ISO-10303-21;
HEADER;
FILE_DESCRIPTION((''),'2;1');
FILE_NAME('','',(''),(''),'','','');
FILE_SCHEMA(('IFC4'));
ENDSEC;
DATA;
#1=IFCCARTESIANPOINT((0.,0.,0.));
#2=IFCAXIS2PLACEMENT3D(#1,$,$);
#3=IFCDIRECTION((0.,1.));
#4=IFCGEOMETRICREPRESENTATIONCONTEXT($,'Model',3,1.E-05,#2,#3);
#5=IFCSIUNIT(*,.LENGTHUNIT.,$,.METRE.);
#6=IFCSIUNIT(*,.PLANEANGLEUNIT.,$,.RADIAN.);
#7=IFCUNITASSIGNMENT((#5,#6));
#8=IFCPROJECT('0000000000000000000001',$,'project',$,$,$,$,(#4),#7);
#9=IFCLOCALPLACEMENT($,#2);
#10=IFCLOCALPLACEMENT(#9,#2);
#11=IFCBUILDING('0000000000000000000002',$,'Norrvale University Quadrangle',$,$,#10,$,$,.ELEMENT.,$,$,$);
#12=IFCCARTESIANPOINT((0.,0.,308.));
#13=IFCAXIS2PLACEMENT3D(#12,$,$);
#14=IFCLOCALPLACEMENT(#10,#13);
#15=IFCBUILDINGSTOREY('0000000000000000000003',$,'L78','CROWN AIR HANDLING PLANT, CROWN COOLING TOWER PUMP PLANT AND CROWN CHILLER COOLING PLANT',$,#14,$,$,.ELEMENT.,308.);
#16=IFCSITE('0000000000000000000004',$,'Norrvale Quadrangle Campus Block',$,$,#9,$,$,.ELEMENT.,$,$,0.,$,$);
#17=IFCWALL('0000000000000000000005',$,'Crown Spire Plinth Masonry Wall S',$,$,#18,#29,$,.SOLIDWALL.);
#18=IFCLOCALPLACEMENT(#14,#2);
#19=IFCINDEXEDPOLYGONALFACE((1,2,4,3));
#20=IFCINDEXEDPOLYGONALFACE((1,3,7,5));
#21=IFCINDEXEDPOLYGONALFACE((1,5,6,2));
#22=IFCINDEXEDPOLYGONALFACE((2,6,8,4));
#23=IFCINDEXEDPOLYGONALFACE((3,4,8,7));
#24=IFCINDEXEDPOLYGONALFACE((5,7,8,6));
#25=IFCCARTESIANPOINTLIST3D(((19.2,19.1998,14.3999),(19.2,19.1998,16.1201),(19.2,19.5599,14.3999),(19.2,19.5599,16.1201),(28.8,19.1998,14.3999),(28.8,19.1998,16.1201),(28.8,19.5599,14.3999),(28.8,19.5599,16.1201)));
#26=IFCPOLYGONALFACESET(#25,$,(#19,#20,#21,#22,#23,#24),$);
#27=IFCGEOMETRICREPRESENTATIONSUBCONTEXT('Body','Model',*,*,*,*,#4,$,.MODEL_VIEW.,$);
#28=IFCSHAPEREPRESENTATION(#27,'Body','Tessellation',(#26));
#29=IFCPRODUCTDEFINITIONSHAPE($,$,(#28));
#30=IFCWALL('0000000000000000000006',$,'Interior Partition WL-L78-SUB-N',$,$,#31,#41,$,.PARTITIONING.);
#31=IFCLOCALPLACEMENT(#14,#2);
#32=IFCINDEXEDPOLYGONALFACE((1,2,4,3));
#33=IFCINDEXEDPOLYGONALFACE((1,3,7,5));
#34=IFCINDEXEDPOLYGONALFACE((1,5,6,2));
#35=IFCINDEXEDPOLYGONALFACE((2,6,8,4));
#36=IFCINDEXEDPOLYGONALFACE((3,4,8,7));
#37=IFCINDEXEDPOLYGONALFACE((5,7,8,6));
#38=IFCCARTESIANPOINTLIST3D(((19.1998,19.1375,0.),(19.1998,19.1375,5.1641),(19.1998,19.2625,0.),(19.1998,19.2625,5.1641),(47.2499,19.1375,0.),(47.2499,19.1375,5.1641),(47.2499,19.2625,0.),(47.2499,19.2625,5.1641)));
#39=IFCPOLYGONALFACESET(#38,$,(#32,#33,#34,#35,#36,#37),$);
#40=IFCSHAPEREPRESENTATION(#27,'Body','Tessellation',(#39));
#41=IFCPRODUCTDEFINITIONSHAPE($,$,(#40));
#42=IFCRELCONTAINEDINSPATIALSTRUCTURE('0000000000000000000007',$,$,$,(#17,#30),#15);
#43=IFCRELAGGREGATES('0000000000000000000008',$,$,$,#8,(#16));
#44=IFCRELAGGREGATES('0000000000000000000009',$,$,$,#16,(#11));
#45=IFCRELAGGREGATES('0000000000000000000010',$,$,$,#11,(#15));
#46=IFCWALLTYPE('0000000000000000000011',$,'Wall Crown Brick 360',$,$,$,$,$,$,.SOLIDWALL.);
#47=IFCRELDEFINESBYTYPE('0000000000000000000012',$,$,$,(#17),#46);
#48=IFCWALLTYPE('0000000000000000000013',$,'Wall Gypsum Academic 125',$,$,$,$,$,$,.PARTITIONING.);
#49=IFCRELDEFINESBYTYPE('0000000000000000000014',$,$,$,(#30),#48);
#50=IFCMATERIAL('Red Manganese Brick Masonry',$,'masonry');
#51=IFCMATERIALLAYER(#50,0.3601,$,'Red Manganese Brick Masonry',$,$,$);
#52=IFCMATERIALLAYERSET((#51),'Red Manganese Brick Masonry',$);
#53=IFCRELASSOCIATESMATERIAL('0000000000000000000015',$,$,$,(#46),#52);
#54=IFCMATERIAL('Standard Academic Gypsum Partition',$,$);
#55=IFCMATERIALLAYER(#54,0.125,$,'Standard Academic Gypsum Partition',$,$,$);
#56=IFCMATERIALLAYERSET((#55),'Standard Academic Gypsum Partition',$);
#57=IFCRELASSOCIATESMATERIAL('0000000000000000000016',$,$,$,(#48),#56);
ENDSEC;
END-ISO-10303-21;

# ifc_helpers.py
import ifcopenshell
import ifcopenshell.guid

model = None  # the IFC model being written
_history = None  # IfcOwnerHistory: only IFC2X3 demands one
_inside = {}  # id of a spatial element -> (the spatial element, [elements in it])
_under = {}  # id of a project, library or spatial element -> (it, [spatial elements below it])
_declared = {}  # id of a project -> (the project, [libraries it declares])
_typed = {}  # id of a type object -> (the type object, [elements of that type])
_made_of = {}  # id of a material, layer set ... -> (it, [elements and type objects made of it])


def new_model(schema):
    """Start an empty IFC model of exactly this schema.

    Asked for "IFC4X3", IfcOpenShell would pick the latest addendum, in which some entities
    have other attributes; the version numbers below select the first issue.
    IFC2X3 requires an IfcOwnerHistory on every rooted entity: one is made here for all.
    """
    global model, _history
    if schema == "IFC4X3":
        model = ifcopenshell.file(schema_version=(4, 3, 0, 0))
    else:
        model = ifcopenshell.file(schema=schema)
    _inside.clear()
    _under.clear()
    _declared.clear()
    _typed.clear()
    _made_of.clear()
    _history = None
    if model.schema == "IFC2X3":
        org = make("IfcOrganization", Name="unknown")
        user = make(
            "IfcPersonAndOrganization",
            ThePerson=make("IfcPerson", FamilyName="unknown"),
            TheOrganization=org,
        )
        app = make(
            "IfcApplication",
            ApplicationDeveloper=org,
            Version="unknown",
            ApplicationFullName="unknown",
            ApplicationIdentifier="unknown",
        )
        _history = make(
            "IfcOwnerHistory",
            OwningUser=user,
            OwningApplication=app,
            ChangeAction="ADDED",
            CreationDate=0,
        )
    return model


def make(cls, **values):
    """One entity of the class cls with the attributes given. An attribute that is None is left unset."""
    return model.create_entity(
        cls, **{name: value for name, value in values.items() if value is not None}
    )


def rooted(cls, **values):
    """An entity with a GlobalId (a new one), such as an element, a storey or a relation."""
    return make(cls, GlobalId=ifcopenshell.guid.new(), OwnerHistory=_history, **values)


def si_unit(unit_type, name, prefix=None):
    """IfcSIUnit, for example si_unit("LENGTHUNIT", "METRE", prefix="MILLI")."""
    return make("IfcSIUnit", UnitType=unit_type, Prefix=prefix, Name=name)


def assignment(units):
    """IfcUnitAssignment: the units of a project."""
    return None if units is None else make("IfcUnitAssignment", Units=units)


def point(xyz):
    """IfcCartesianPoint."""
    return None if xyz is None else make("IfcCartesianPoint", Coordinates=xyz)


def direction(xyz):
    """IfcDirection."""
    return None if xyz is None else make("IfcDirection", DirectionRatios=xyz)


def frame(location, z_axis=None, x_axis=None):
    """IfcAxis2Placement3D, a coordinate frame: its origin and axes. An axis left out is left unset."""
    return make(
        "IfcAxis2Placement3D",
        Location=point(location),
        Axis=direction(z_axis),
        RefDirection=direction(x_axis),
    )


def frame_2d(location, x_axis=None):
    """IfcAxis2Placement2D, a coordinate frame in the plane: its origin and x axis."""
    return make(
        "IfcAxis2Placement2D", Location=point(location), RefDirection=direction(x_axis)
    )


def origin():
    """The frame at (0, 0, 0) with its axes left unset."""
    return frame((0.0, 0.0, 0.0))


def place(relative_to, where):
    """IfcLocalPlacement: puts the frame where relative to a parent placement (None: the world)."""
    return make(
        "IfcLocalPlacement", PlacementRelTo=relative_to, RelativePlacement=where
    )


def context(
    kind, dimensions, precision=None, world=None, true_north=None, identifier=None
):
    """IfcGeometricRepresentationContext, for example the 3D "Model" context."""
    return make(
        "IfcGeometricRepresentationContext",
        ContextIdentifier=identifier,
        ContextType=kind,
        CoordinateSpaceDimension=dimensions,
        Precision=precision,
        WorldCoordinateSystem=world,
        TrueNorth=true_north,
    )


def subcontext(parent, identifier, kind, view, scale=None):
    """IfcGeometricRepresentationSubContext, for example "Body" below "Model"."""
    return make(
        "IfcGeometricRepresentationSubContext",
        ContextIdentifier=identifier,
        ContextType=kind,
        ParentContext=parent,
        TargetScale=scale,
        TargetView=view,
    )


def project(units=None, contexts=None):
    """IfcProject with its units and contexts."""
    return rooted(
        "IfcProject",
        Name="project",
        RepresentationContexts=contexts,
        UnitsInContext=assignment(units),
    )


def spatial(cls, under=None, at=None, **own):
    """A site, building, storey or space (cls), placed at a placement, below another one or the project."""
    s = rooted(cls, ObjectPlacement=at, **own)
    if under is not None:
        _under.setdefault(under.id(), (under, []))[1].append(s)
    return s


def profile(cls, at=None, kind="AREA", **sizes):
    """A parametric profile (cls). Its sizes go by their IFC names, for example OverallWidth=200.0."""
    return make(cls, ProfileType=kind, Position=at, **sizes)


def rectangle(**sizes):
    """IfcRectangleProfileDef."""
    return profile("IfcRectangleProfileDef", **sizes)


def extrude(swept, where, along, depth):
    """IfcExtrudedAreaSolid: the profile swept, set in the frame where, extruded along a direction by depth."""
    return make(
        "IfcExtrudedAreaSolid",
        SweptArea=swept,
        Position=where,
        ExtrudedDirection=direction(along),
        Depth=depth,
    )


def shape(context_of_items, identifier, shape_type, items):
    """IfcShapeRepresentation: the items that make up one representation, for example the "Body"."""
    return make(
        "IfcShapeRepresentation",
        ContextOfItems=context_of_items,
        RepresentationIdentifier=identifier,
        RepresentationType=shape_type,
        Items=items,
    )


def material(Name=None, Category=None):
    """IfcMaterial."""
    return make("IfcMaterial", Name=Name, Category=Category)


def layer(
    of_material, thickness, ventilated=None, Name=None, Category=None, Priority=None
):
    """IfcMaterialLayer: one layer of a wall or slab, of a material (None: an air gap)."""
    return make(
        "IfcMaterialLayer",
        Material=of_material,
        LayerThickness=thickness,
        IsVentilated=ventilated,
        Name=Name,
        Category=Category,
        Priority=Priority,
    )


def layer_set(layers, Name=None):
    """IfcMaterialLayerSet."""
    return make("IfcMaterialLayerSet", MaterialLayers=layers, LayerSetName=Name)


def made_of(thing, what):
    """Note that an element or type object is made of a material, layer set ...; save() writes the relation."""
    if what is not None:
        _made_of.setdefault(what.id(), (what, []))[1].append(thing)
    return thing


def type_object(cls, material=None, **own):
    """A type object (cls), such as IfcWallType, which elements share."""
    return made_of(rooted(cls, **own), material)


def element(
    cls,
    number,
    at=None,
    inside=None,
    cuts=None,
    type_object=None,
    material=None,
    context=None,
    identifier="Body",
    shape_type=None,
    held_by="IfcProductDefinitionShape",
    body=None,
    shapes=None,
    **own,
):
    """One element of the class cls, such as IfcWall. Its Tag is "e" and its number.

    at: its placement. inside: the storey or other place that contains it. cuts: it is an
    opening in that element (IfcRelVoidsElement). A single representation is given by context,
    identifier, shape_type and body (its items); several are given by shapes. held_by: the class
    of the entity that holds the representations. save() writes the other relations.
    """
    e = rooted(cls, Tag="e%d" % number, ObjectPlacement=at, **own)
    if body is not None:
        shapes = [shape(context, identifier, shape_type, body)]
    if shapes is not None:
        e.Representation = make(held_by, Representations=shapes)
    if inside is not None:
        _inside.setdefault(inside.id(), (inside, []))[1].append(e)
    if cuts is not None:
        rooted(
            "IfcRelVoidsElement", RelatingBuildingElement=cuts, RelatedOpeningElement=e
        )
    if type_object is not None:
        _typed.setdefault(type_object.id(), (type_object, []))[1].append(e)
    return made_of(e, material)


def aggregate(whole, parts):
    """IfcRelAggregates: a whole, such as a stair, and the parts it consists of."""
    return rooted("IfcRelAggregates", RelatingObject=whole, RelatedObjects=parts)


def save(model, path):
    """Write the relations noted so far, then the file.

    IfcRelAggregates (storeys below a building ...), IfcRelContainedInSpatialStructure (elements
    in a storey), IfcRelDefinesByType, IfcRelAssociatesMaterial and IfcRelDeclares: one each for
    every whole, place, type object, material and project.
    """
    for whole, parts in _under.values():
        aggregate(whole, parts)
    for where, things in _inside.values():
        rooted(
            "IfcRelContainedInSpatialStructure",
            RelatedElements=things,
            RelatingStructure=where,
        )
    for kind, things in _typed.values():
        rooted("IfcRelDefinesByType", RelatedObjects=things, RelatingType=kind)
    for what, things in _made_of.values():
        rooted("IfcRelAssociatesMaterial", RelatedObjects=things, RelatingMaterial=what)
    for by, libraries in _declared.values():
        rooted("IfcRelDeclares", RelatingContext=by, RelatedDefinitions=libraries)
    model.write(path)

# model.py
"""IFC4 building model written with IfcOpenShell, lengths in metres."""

from ifc_helpers import new_model, si_unit, direction, frame, frame_2d, origin, place, context, subcontext, project, spatial, rectangle, extrude, material, layer, layer_set, type_object, element, save


model = new_model("IFC4")

# Units and contexts
model_context = context("Model", 3, precision=1e-05, world=origin(), true_north=direction((0.0, 1.0)))
body_context = subcontext(model_context, "Body", "Model", "MODEL_VIEW")
ifc_project = project(units=[si_unit("LENGTHUNIT", "METRE"), si_unit("PLANEANGLEUNIT", "RADIAN")], contexts=[model_context])

# Site, building, storey
site_placement = place(None, origin())
site = spatial("IfcSite", under=ifc_project, at=site_placement, Name="Norrvale Quadrangle Campus Block", CompositionType="ELEMENT", RefElevation=0.0)
building_placement = place(site_placement, origin())
building = spatial("IfcBuilding", under=site, at=building_placement, Name="Norrvale University Quadrangle", CompositionType="ELEMENT")
storey_placement = place(building_placement, frame((0.0, 0.0, 308.0)))
storey = spatial("IfcBuildingStorey", under=building, at=storey_placement, Name="L78", Description="CROWN AIR HANDLING PLANT, CROWN COOLING TOWER PUMP PLANT AND CROWN CHILLER COOLING PLANT", CompositionType="ELEMENT", Elevation=308.0)

# Walls
ifc_material_1 = material(Name="Red Manganese Brick Masonry", Category="masonry")
ifc_layer_1 = layer(ifc_material_1, 0.3601, Name="Red Manganese Brick Masonry")
ifc_layer_set_1 = layer_set([ifc_layer_1], Name="Red Manganese Brick Masonry")
wall_type_1 = type_object("IfcWallType", Name="Wall Crown Brick 360", PredefinedType="SOLIDWALL", material=ifc_layer_set_1)
wall_1_placement = place(storey_placement, frame((19.2, 19.3799, 14.3999), z_axis=(0.0, 0.0, 1.0), x_axis=(1.0, 0.0, 0.0)))
element("IfcWall", 1, at=wall_1_placement, inside=storey, type_object=wall_type_1, Name="Crown Spire Plinth Masonry Wall S", PredefinedType="SOLIDWALL", context=body_context, shape_type="SweptSolid", body=[
    extrude(rectangle(XDim=9.6001, YDim=0.3601, at=frame_2d((4.8, 0.0))), origin(), (0.0, 0.0, 1.0), 1.7202),
])
ifc_material_2 = material(Name="Standard Academic Gypsum Partition")
ifc_layer_2 = layer(ifc_material_2, 0.125, Name="Standard Academic Gypsum Partition")
ifc_layer_set_2 = layer_set([ifc_layer_2], Name="Standard Academic Gypsum Partition")
wall_type_2 = type_object("IfcWallType", Name="Wall Gypsum Academic 125", PredefinedType="PARTITIONING", material=ifc_layer_set_2)
wall_2_placement = place(storey_placement, frame((19.2, 19.2, 0.0), z_axis=(0.0, 0.0, 1.0), x_axis=(1.0, 0.0, 0.0)))
element("IfcWall", 2, at=wall_2_placement, inside=storey, type_object=wall_type_2, Name="Interior Partition WL-L78-SUB-N", PredefinedType="PARTITIONING", context=body_context, shape_type="SweptSolid", body=[
    extrude(rectangle(XDim=28.05, YDim=0.125, at=frame_2d((14.0249, 0.0))), origin(), (0.0, 0.0, 1.0), 5.1641),
])

save(model, "model.ifc")
